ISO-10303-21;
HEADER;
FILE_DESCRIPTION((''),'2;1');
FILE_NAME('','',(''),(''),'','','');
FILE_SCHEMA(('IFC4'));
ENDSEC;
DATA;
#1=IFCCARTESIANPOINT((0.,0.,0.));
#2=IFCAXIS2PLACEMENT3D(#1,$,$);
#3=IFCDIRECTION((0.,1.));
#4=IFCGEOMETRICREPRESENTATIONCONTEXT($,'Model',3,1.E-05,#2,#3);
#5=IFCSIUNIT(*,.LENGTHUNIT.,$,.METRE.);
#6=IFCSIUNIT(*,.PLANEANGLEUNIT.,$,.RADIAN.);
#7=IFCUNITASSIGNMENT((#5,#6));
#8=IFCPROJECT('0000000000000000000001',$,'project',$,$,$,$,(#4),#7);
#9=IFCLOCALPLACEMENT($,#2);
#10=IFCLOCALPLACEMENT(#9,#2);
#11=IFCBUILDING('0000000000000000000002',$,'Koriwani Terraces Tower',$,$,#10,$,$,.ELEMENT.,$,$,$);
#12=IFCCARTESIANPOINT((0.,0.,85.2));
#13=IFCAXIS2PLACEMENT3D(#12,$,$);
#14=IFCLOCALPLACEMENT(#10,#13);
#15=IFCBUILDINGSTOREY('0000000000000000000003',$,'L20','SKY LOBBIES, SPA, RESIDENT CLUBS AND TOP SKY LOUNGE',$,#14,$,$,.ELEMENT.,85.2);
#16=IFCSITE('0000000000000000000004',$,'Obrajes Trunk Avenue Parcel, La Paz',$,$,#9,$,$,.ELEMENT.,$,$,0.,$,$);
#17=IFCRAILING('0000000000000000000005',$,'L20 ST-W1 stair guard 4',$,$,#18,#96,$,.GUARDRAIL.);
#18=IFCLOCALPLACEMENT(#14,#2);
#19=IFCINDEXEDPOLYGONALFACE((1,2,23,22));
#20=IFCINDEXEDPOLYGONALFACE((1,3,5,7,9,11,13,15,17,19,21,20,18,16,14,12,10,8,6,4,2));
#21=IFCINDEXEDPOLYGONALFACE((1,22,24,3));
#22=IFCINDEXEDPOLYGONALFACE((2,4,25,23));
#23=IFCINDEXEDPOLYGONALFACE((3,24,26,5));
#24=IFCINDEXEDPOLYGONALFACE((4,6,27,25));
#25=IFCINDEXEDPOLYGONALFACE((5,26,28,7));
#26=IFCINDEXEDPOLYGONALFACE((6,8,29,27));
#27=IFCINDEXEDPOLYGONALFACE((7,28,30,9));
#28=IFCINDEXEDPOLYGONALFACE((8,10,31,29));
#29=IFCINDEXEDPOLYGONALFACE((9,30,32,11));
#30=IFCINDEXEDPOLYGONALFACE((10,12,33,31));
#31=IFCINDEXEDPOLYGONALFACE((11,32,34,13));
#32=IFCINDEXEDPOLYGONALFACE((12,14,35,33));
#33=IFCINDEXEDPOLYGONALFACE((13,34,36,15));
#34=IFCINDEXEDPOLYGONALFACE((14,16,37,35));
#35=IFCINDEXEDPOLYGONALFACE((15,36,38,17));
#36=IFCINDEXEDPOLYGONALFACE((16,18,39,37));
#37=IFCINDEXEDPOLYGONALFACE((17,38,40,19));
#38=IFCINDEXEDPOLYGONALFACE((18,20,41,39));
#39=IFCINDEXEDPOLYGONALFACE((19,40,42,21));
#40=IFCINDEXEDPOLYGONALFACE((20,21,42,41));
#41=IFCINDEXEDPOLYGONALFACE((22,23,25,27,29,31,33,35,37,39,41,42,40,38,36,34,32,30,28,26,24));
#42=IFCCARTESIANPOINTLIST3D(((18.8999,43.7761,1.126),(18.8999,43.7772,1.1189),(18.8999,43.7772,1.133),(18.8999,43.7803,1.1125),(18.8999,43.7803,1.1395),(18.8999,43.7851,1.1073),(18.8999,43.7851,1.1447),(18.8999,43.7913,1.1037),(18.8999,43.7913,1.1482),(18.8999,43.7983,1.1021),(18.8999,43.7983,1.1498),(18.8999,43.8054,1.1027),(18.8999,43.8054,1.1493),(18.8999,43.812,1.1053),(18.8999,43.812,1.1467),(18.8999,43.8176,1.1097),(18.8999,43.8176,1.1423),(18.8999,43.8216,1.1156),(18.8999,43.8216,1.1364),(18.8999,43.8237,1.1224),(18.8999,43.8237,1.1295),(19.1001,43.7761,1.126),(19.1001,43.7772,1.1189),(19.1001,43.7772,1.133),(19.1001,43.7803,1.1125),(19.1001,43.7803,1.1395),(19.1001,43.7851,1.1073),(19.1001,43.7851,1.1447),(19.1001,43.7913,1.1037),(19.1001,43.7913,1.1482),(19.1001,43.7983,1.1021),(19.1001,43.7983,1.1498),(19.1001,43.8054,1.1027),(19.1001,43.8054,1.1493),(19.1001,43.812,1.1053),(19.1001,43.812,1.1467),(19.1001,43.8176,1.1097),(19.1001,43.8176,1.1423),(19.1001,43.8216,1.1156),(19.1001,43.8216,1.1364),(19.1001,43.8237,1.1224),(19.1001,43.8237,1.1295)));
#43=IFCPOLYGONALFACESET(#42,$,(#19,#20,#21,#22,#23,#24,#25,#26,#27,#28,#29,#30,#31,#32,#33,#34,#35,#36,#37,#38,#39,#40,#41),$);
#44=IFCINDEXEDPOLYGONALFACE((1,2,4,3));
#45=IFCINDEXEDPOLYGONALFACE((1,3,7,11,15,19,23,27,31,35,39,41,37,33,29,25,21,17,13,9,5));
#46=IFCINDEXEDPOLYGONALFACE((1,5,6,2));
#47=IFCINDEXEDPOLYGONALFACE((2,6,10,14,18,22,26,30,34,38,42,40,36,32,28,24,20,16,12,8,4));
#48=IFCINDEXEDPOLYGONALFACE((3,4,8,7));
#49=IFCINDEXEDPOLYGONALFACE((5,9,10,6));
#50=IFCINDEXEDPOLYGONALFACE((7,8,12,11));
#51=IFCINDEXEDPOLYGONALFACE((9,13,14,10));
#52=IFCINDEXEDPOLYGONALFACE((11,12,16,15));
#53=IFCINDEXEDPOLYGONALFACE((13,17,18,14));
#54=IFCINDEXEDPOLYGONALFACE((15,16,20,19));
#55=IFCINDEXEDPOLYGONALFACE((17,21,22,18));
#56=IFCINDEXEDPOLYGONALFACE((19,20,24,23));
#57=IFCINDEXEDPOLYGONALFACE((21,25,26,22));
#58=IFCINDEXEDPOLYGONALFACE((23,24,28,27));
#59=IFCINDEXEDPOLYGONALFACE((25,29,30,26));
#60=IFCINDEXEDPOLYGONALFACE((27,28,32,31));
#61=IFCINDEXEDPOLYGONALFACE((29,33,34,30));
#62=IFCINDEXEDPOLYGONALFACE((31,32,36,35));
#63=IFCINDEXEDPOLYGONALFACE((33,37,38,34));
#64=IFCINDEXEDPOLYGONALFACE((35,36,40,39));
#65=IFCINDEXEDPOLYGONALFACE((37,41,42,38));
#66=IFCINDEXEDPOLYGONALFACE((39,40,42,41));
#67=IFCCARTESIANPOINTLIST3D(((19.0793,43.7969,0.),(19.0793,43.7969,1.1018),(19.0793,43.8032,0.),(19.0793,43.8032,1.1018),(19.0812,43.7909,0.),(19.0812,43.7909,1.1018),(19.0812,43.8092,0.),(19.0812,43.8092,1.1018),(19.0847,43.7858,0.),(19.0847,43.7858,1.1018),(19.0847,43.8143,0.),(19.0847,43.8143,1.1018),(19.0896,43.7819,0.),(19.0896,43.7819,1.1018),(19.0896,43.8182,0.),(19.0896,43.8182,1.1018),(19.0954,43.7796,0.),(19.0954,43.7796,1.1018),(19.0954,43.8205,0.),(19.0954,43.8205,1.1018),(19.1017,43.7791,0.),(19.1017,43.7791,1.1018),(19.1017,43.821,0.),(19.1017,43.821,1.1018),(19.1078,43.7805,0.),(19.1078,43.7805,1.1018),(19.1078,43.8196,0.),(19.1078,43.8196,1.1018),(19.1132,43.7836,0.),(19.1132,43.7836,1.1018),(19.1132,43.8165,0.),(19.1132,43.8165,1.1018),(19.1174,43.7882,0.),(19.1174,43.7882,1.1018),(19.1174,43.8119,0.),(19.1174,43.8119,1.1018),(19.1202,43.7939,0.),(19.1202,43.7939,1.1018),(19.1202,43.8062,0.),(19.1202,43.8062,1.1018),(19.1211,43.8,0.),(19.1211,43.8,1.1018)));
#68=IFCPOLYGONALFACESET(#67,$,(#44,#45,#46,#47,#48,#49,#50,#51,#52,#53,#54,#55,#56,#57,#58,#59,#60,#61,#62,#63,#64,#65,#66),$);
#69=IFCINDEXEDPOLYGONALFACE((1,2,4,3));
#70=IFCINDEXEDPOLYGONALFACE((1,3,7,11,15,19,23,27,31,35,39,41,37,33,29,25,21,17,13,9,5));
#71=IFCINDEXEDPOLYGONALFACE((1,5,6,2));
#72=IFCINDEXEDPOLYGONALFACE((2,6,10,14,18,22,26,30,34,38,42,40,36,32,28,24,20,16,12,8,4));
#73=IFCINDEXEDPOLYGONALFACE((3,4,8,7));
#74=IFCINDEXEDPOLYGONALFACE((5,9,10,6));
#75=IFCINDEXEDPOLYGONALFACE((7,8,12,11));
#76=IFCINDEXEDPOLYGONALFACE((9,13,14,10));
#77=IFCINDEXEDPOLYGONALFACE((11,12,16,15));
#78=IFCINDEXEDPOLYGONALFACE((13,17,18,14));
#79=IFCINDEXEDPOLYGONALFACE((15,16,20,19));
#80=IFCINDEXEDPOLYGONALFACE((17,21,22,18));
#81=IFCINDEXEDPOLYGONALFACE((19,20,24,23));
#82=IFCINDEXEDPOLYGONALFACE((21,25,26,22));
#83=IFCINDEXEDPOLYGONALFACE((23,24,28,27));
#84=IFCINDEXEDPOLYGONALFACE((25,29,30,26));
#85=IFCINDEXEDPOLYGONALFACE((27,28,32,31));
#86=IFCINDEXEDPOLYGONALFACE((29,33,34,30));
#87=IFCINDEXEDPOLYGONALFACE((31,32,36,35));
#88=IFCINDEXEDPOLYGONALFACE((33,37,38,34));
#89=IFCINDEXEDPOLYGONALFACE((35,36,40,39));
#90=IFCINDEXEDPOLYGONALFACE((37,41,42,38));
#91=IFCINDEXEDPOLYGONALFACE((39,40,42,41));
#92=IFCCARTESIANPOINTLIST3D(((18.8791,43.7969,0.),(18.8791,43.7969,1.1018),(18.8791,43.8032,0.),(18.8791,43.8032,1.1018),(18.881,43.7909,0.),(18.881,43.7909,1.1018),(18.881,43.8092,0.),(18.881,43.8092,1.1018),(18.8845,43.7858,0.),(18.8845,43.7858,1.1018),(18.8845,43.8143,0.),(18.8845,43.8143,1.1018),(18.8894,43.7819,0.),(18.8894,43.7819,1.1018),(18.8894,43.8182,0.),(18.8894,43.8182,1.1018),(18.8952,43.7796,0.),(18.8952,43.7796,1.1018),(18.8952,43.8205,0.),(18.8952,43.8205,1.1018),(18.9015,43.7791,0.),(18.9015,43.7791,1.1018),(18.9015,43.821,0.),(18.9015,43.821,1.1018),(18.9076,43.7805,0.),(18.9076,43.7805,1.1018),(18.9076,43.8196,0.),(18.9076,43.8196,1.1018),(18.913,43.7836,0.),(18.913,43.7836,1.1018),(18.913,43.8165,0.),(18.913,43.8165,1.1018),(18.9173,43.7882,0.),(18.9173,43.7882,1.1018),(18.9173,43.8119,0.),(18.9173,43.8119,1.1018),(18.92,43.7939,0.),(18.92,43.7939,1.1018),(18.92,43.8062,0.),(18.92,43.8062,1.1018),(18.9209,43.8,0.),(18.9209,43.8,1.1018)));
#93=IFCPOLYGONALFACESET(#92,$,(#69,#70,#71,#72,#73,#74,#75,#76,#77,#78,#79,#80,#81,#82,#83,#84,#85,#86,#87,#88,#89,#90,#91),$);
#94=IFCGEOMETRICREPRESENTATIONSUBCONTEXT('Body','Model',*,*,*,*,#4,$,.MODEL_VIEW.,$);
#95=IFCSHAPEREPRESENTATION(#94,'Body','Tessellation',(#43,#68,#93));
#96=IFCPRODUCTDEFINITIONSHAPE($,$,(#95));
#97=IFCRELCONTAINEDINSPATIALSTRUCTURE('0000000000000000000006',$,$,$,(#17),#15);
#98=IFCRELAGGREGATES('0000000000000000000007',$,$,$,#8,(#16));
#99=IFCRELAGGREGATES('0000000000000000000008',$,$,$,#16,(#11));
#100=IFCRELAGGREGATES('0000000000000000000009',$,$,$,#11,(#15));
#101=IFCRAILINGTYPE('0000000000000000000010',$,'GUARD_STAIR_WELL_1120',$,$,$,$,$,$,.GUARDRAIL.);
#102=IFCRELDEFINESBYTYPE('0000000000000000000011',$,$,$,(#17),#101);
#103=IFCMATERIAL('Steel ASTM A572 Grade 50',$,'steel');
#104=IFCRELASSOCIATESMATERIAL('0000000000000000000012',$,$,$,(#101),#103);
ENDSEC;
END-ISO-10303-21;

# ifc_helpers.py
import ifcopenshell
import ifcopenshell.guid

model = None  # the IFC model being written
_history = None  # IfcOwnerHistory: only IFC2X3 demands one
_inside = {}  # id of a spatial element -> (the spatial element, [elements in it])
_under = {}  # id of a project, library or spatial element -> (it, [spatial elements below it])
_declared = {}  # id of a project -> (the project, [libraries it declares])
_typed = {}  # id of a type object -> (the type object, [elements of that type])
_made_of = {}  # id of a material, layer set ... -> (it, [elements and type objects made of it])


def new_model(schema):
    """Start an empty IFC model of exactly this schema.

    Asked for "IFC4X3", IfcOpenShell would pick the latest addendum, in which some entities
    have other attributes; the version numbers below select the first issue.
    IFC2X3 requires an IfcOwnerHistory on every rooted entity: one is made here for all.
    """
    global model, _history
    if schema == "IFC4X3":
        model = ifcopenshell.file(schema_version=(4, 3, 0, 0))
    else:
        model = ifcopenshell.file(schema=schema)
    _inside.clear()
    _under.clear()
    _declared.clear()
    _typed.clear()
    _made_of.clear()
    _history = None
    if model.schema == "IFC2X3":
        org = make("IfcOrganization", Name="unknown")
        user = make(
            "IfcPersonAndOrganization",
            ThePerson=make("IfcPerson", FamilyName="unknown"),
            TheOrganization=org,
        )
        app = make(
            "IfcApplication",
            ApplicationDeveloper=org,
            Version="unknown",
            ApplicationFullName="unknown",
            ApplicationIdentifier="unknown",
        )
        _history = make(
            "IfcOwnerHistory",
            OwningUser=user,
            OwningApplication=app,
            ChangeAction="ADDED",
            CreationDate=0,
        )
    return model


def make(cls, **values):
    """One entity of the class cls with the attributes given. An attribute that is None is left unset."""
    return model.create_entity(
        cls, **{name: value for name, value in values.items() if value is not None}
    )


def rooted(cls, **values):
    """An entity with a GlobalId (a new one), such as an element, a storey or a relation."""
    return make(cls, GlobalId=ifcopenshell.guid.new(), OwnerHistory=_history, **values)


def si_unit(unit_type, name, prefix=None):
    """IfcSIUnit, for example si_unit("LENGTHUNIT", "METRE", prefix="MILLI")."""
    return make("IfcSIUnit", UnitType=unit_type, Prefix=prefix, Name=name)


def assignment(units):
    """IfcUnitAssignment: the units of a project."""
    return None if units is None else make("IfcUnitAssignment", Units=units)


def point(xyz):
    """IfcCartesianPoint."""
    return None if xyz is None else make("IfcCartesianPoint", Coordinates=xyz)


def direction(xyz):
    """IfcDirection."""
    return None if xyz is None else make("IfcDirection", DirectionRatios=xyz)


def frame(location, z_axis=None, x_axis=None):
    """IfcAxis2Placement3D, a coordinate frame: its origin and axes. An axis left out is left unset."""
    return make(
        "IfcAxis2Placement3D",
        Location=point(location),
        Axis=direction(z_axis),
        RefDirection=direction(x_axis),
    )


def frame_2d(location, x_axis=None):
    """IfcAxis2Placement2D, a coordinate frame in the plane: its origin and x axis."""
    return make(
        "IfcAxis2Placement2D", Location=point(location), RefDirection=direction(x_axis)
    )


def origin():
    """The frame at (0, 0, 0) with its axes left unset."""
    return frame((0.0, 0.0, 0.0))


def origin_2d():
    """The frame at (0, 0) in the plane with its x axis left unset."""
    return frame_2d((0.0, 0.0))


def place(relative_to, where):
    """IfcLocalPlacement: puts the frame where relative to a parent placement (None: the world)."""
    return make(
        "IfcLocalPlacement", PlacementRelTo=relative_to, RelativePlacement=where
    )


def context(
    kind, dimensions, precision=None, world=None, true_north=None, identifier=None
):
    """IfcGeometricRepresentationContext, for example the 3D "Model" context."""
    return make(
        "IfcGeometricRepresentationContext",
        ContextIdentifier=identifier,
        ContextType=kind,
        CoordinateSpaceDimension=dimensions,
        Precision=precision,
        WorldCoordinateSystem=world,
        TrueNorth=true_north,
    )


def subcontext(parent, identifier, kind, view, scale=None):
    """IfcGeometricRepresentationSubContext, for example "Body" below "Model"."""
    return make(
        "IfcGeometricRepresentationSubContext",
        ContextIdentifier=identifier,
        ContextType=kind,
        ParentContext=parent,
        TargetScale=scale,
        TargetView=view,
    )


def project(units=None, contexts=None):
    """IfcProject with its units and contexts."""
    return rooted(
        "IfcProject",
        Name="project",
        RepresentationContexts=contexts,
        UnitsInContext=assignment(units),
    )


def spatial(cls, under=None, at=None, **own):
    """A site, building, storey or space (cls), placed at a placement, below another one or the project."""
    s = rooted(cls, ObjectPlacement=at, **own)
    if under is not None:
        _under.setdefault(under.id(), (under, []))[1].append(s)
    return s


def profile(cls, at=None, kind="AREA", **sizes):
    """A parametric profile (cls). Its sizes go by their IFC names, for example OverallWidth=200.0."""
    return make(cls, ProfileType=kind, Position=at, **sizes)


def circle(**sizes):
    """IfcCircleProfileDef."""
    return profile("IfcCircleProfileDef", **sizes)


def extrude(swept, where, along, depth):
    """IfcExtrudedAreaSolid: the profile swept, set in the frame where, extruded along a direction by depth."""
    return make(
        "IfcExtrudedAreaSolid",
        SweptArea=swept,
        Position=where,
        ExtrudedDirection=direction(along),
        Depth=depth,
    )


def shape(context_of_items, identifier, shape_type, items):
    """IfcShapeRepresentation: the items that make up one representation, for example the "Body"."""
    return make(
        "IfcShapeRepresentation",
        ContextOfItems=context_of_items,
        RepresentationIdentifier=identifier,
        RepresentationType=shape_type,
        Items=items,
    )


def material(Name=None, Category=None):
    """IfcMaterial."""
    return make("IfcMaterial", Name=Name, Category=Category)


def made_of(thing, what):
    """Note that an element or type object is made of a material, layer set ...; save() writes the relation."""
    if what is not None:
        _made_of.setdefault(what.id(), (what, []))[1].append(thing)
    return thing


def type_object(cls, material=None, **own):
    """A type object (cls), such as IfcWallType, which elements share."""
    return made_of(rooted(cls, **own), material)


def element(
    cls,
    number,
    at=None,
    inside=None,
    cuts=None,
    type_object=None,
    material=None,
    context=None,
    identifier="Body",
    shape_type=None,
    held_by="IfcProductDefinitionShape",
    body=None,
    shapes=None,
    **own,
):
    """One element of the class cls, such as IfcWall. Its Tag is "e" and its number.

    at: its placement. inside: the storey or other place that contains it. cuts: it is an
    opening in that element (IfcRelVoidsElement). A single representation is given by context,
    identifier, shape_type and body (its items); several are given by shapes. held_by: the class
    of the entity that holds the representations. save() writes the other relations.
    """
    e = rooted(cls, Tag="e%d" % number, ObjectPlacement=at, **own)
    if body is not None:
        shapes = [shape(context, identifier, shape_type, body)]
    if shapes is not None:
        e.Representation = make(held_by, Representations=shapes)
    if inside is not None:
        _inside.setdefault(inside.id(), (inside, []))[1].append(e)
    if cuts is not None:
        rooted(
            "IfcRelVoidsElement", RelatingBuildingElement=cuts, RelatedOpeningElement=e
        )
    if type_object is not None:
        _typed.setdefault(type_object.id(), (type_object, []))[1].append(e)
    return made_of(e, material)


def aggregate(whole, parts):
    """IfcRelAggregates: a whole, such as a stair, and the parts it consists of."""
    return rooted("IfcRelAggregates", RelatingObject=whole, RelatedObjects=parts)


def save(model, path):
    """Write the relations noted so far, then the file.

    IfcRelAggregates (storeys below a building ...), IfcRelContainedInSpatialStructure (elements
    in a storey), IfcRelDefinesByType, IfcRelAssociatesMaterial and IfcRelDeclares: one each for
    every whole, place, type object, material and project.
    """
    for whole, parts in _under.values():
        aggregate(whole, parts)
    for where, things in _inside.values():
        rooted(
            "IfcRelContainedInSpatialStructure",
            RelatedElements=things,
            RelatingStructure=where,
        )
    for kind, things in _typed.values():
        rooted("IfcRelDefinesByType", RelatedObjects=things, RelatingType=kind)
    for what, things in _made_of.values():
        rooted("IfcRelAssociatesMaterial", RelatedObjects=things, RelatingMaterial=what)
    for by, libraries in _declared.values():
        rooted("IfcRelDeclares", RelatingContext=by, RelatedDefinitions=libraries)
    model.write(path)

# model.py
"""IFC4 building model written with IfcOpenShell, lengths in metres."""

from ifc_helpers import new_model, si_unit, direction, frame, origin, origin_2d, place, context, subcontext, project, spatial, circle, extrude, material, type_object, element, save


model = new_model("IFC4")

# Units and contexts
model_context = context("Model", 3, precision=1e-05, world=origin(), true_north=direction((0.0, 1.0)))
body_context = subcontext(model_context, "Body", "Model", "MODEL_VIEW")
ifc_project = project(units=[si_unit("LENGTHUNIT", "METRE"), si_unit("PLANEANGLEUNIT", "RADIAN")], contexts=[model_context])

# Site, building, storey
site_placement = place(None, origin())
site = spatial("IfcSite", under=ifc_project, at=site_placement, Name="Obrajes Trunk Avenue Parcel, La Paz", CompositionType="ELEMENT", RefElevation=0.0)
building_placement = place(site_placement, origin())
building = spatial("IfcBuilding", under=site, at=building_placement, Name="Koriwani Terraces Tower", CompositionType="ELEMENT")
storey_placement = place(building_placement, frame((0.0, 0.0, 85.2)))
storey = spatial("IfcBuildingStorey", under=building, at=storey_placement, Name="L20", Description="SKY LOBBIES, SPA, RESIDENT CLUBS AND TOP SKY LOUNGE", CompositionType="ELEMENT", Elevation=85.2)

# Shared definitions
ifc_material_1 = material(Name="Steel ASTM A572 Grade 50", Category="steel")

# Railing
railing_type_1 = type_object("IfcRailingType", Name="GUARD_STAIR_WELL_1120", PredefinedType="GUARDRAIL", material=ifc_material_1)
railing_1_placement = place(storey_placement, frame((19.1001, 43.8, 0.0)))
element("IfcRailing", 1, at=railing_1_placement, inside=storey, type_object=railing_type_1, Name="L20 ST-W1 stair guard 4", PredefinedType="GUARDRAIL", context=body_context, shape_type="SweptSolid", body=[
    extrude(circle(Radius=0.0239, at=origin_2d()), frame((0.0, 0.0, 1.126), z_axis=(-1.0, 0.0, 0.0), x_axis=(0.0, -1.0, 0.0)), (0.0, 0.0, 1.0), 0.2002),
    extrude(circle(Radius=0.021, at=origin_2d()), origin(), (0.0, 0.0, 1.0), 1.1018),
    extrude(circle(Radius=0.021, at=origin_2d()), frame((-0.2002, 0.0, 0.0)), (0.0, 0.0, 1.0), 1.1018),
])

save(model, "model.ifc")
